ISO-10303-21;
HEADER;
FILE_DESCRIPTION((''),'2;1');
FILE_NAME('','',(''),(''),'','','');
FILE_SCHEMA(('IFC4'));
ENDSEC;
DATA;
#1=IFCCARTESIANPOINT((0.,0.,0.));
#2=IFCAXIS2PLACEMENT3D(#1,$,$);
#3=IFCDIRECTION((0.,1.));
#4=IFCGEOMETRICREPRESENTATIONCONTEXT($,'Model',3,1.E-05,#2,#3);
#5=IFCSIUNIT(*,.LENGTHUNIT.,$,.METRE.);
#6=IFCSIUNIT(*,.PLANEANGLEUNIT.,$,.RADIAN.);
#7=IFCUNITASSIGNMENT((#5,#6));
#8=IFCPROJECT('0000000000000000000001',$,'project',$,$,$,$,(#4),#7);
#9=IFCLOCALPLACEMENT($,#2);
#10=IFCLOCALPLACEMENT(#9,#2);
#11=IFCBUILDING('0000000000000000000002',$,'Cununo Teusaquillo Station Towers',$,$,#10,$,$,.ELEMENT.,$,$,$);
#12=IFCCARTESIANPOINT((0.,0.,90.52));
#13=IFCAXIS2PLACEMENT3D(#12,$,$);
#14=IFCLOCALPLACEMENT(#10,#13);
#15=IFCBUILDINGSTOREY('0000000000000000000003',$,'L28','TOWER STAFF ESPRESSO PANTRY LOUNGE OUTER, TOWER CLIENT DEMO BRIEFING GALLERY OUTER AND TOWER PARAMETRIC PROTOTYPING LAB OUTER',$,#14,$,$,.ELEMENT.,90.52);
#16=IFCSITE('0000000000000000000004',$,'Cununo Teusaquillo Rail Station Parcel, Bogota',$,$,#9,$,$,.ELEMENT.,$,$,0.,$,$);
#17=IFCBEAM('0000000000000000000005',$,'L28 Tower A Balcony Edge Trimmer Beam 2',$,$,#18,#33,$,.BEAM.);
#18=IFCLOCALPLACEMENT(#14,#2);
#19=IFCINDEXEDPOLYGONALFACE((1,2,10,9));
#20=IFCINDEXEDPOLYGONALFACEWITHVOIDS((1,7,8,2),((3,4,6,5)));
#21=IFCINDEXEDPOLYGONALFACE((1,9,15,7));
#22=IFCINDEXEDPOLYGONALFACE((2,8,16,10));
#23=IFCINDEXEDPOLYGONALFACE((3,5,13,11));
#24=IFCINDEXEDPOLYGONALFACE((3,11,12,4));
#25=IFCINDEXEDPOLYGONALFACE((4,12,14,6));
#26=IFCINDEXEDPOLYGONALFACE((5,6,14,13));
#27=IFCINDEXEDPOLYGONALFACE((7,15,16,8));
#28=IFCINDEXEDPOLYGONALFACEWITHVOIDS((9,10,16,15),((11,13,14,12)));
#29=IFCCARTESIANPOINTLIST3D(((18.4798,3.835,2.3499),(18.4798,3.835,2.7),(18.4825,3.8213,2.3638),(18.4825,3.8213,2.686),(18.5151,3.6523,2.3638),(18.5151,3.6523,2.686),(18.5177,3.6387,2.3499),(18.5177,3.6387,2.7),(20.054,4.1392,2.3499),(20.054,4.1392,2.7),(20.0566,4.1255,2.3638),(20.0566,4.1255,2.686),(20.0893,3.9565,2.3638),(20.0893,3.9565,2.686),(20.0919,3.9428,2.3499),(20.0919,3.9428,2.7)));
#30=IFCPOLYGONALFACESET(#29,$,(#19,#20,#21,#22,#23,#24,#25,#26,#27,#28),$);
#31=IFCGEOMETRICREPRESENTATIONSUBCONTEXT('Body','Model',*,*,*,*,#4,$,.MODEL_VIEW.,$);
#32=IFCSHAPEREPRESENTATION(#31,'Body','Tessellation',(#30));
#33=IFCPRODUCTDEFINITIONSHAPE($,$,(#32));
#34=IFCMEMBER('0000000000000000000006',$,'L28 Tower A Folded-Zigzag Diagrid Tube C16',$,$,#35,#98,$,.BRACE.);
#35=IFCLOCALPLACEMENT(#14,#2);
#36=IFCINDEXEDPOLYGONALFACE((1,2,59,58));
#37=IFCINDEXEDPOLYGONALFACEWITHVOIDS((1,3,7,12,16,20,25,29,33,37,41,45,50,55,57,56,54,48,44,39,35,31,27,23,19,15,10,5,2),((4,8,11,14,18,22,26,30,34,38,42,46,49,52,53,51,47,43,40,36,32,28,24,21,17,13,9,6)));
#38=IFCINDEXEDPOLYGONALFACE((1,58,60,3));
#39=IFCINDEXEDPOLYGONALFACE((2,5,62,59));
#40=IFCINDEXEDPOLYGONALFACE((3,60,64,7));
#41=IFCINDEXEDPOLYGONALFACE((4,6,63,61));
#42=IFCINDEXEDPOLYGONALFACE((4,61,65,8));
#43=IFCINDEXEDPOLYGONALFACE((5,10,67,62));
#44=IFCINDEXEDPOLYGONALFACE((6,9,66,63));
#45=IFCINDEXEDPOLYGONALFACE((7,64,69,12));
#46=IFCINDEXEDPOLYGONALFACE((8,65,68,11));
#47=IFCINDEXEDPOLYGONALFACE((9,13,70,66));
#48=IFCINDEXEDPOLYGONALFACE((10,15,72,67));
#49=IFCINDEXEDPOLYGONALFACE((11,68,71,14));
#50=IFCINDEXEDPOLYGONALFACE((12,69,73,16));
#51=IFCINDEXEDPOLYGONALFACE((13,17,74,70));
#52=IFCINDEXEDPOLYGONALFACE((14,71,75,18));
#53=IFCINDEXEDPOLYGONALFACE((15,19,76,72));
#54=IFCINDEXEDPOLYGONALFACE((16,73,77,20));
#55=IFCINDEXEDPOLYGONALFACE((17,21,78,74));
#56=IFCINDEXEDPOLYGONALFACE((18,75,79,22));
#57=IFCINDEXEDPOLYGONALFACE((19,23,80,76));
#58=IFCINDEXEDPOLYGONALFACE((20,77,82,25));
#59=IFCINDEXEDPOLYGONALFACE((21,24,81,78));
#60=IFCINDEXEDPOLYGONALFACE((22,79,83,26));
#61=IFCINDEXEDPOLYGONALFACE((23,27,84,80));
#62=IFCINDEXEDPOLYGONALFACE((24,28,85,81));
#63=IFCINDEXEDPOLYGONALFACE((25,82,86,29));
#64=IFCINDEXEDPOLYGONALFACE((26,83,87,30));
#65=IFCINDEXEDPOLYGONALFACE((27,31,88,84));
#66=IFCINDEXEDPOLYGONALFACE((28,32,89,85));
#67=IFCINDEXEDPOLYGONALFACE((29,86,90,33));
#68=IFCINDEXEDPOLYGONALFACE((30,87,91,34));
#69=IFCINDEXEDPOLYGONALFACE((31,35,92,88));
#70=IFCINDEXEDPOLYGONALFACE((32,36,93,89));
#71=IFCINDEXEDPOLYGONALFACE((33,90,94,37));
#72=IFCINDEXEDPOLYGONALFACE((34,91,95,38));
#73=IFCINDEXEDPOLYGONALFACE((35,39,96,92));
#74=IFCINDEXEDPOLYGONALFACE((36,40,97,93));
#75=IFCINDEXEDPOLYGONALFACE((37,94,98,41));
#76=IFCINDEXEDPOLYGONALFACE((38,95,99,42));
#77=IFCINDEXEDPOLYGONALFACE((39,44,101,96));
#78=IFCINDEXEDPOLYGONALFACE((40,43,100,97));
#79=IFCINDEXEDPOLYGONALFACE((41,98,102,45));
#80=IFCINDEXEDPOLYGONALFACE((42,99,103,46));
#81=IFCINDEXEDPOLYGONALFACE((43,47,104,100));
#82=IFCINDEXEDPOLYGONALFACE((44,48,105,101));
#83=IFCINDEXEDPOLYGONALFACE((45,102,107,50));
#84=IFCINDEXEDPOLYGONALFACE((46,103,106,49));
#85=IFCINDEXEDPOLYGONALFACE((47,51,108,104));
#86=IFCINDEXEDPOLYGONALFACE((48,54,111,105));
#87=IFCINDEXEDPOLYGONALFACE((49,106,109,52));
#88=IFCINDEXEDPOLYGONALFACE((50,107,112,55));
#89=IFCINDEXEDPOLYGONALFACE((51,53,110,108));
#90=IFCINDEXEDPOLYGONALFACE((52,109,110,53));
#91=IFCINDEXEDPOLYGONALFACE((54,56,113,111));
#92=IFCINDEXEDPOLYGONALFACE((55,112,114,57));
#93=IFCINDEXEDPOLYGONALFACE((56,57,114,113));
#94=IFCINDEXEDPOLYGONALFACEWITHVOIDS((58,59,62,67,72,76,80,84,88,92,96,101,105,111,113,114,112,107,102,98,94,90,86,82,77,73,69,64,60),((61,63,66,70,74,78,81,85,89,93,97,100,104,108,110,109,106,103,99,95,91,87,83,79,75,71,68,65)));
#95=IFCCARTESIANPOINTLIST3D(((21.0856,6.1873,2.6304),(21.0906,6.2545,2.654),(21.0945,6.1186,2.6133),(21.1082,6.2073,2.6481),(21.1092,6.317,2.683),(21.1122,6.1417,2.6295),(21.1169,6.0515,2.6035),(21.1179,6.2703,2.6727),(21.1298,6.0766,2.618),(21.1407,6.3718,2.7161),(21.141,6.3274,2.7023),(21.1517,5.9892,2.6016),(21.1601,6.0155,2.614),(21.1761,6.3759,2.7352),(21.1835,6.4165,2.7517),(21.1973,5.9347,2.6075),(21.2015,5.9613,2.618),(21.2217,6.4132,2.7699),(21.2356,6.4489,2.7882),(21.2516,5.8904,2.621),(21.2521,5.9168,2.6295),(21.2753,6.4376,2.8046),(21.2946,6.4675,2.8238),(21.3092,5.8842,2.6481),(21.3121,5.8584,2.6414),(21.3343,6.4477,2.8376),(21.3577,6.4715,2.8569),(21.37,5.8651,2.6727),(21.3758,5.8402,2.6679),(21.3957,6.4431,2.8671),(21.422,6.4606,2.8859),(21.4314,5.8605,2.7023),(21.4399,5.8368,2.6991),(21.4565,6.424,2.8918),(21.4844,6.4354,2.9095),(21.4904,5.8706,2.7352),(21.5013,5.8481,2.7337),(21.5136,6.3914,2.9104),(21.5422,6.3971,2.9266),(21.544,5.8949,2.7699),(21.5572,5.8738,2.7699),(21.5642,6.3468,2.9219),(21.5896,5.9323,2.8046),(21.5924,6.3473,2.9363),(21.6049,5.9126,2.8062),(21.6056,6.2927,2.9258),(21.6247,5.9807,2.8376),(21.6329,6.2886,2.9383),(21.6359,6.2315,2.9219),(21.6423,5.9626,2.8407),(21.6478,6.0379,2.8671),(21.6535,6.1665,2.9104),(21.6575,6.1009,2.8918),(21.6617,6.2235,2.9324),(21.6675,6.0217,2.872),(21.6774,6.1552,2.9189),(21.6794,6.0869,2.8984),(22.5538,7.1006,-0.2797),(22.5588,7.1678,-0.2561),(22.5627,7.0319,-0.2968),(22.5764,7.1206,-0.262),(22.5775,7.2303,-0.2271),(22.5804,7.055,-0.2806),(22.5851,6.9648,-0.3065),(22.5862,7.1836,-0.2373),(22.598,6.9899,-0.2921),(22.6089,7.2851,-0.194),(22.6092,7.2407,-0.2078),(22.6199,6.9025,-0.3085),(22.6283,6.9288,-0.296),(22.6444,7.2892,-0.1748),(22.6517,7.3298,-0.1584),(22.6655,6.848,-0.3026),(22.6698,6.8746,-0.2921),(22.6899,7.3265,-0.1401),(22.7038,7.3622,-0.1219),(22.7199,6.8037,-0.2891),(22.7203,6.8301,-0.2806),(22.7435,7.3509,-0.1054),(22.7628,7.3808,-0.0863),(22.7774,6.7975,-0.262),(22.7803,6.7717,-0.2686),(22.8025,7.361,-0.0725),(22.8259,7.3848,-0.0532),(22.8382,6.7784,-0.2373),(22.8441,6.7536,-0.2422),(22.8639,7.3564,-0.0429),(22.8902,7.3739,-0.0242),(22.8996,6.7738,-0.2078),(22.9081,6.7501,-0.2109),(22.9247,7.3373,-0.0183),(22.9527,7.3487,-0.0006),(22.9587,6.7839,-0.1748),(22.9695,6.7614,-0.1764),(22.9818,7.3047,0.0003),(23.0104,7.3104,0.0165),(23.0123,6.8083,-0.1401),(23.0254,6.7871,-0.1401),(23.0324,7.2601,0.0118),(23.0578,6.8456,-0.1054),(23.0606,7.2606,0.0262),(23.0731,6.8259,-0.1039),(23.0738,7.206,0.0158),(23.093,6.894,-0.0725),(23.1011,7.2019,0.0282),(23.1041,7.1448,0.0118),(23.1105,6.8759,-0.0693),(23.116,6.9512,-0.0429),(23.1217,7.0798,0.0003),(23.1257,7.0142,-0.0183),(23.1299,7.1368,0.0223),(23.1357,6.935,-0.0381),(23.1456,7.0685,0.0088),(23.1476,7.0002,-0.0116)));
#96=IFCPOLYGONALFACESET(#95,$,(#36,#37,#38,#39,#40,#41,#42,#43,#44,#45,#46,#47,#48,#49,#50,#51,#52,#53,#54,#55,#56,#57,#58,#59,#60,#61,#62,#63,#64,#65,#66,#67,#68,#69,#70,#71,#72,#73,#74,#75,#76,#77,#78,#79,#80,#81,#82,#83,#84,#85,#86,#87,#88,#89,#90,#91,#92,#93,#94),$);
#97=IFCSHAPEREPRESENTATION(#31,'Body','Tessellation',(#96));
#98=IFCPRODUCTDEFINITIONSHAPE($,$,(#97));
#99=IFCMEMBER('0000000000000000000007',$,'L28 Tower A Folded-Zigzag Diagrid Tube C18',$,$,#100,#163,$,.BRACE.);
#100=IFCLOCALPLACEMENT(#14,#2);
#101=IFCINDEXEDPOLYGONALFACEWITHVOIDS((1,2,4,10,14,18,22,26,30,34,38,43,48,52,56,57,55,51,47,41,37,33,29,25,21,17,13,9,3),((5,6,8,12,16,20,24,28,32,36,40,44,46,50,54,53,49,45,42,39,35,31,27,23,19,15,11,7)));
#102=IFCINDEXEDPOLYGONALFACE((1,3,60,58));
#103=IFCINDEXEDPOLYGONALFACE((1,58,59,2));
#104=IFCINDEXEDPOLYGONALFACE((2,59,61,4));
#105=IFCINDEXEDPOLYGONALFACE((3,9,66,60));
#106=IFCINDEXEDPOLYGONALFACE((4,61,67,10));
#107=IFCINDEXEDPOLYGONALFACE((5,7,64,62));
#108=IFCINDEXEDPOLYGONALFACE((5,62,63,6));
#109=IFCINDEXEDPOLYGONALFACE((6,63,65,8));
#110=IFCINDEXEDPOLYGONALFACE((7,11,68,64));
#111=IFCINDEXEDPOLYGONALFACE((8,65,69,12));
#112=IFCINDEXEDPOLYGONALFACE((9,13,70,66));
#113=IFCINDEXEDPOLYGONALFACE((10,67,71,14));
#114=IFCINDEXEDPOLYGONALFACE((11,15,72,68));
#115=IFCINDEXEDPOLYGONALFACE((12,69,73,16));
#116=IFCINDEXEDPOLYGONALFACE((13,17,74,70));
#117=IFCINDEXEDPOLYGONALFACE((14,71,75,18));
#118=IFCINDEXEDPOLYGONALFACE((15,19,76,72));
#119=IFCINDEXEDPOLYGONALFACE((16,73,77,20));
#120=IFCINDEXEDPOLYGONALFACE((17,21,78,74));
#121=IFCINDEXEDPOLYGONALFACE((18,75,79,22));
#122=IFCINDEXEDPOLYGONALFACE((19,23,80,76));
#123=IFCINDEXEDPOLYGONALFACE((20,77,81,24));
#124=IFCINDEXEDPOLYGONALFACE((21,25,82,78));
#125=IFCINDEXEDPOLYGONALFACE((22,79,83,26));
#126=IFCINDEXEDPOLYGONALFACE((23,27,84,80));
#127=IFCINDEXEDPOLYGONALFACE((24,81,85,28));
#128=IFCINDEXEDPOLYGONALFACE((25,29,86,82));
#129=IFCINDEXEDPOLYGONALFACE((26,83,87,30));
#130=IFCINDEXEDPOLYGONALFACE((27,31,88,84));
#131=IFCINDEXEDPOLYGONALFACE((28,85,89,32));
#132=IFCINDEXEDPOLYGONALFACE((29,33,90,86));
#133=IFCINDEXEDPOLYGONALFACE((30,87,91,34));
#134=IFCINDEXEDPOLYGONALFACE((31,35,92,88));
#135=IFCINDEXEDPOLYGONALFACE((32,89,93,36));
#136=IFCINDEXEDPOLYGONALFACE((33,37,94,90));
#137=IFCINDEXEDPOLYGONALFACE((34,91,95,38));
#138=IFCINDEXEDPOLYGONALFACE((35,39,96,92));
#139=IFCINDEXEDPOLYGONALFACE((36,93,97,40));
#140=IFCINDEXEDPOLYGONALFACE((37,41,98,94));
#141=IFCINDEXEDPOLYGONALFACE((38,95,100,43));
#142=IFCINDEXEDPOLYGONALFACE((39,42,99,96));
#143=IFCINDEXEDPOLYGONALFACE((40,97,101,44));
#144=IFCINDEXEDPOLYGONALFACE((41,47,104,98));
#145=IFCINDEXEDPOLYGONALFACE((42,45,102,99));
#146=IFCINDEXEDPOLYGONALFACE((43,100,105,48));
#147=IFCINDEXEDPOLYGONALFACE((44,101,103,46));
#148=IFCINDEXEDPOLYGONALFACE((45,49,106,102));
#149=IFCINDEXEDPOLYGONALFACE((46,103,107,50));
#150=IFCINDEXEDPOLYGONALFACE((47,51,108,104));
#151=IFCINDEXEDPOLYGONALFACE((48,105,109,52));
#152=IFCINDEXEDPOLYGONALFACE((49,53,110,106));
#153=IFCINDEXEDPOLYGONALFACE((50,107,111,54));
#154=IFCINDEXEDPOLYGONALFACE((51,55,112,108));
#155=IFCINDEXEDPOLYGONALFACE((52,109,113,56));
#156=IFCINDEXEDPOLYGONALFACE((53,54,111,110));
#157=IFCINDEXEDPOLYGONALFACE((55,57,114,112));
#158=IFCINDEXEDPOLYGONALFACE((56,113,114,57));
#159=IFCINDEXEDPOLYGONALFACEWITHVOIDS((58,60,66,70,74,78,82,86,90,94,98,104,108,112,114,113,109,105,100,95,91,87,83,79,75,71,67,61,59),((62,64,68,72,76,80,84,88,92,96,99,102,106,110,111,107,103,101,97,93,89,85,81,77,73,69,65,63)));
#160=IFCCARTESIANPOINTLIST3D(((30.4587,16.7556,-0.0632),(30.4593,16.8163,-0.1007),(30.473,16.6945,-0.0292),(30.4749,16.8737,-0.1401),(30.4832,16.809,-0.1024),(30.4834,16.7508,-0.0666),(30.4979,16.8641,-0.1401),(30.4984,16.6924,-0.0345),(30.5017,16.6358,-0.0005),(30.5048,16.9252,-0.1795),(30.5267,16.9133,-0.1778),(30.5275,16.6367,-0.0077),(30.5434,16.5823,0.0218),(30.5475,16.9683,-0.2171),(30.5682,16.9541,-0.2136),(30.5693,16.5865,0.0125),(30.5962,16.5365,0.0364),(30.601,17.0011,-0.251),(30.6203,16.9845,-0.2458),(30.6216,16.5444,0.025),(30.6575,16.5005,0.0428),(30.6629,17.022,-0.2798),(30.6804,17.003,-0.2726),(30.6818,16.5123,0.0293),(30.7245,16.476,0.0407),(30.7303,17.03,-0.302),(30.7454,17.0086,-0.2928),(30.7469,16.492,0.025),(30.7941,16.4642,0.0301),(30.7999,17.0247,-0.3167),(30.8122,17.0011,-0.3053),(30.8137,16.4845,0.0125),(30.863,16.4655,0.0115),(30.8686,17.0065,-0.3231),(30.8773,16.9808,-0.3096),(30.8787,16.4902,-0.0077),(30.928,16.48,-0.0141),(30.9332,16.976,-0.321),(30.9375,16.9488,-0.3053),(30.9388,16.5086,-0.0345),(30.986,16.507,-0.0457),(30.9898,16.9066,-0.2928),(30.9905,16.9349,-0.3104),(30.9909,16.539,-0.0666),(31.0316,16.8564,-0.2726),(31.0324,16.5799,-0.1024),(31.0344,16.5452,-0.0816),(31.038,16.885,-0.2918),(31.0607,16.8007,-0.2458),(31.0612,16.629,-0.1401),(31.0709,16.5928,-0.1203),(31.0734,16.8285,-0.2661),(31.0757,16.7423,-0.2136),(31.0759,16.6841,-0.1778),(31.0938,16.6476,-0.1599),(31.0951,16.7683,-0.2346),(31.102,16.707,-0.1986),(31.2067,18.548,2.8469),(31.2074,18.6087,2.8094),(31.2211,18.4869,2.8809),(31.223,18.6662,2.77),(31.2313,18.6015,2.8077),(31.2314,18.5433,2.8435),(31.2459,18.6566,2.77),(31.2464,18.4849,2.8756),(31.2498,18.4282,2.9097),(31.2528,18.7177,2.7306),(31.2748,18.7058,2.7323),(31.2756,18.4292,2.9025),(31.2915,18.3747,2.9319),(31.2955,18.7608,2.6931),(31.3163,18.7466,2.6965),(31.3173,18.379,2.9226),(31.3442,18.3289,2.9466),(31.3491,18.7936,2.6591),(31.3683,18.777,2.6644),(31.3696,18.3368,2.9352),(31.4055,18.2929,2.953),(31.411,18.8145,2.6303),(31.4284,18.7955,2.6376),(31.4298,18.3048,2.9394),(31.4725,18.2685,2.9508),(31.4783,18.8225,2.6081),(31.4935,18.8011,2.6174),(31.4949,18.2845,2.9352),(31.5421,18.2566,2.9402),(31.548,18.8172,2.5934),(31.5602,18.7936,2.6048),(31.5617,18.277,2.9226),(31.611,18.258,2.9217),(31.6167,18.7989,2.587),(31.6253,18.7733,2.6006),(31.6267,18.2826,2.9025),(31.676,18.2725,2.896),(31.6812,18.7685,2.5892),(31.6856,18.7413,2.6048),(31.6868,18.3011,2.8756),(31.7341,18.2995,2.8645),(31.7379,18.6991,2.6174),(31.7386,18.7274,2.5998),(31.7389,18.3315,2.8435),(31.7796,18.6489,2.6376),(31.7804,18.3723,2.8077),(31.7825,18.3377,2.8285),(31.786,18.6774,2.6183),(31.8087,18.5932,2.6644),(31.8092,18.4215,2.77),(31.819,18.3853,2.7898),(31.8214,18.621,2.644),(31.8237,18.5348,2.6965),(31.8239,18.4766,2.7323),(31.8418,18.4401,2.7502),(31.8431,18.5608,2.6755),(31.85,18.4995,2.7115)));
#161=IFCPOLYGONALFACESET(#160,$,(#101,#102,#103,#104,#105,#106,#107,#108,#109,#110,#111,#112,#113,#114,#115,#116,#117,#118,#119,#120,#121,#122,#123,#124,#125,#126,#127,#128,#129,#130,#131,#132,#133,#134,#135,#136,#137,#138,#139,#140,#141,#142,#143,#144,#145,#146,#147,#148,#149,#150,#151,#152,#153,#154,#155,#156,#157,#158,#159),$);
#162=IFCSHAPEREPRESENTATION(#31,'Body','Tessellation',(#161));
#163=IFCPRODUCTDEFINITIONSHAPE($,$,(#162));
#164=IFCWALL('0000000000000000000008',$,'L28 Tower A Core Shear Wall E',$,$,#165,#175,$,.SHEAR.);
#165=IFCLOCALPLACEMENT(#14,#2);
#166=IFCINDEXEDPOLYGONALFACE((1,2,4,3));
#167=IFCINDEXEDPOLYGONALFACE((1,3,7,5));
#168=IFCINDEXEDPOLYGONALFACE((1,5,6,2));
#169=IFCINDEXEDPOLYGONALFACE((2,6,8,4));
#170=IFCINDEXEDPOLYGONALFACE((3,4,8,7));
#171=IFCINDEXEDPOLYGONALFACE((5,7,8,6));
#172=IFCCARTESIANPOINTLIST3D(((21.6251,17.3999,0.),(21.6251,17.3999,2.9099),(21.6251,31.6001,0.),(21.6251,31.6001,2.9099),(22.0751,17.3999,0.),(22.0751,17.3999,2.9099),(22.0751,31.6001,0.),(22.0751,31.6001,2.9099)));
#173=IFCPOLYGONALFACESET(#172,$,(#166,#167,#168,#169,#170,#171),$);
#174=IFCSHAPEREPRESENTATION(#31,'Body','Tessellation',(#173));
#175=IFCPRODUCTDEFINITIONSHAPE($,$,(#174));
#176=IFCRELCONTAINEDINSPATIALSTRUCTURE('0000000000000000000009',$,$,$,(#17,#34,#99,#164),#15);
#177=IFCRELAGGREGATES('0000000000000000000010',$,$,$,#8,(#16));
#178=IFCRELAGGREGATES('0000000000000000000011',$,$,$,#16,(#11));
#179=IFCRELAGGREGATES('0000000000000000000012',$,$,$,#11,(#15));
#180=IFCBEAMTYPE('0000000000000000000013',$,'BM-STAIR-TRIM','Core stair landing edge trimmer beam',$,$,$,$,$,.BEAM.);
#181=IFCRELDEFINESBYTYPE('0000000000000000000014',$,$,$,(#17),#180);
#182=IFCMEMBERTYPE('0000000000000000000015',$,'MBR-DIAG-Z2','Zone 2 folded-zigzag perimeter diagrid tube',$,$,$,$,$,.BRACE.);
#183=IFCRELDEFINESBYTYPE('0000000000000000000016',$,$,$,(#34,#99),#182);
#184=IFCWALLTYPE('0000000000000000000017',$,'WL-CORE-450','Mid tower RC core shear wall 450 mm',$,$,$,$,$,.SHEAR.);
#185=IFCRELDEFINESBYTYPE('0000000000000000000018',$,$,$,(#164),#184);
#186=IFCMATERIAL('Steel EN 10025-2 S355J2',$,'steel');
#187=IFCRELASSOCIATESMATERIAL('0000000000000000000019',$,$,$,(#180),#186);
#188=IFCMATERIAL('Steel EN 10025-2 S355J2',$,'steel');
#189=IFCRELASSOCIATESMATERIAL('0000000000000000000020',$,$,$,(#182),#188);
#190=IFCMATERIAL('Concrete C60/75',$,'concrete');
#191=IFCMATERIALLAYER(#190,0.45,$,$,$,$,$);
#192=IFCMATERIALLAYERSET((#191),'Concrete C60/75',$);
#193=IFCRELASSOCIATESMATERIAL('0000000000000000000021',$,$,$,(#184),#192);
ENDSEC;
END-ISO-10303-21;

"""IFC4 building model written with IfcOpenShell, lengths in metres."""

from ifc_helpers import new_model, si_unit, direction, frame, frame_2d, origin, origin_2d, place, context, subcontext, project, spatial, rectangle, hollow_rectangle, hollow_circle, extrude, material, layer, layer_set, material_profile, profile_set, type_object, element, save


model = new_model("IFC4")

# Units and contexts
model_context = context("Model", 3, precision=1e-05, world=origin(), true_north=direction((0.0, 1.0)))
body_context = subcontext(model_context, "Body", "Model", "MODEL_VIEW")
ifc_project = project(units=[si_unit("LENGTHUNIT", "METRE"), si_unit("PLANEANGLEUNIT", "RADIAN")], contexts=[model_context])

# Site, building, storey
site_placement = place(None, origin())
site = spatial("IfcSite", under=ifc_project, at=site_placement, Name="Cununo Teusaquillo Rail Station Parcel, Bogota", CompositionType="ELEMENT", RefElevation=0.0)
building_placement = place(site_placement, origin())
building = spatial("IfcBuilding", under=site, at=building_placement, Name="Cununo Teusaquillo Station Towers", CompositionType="ELEMENT")
storey_placement = place(building_placement, frame((0.0, 0.0, 90.52)))
storey = spatial("IfcBuildingStorey", under=building, at=storey_placement, Name="L28", Description="TOWER STAFF ESPRESSO PANTRY LOUNGE OUTER, TOWER CLIENT DEMO BRIEFING GALLERY OUTER AND TOWER PARAMETRIC PROTOTYPING LAB OUTER", CompositionType="ELEMENT", Elevation=90.52)

# Beam
ifc_material_1 = material(Name="Steel EN 10025-2 S355J2", Category="steel")
ifc_material_profile_1 = material_profile(ifc_material_1, hollow_rectangle(XDim=0.2, YDim=0.3501, WallThickness=0.0139, at=origin_2d()), Name="RHS 350x200x14")
ifc_profile_set_1 = profile_set([ifc_material_profile_1], Name="Steel EN 10025-2 S355J2")
beam_type_1 = type_object("IfcBeamType", Name="BM-STAIR-TRIM", Description="Core stair landing edge trimmer beam", PredefinedType="BEAM", material=ifc_profile_set_1)
beam_1_placement = place(storey_placement, frame((18.4988, 3.7368, 2.5249), z_axis=(0.981837, 0.189728, 0.0), x_axis=(-0.189728, 0.981837, 0.0)))
element("IfcBeam", 1, at=beam_1_placement, inside=storey, type_object=beam_type_1, Name="L28 Tower A Balcony Edge Trimmer Beam 2", PredefinedType="BEAM", context=body_context, shape_type="SweptSolid", body=[
    extrude(hollow_rectangle(XDim=0.2, YDim=0.3501, WallThickness=0.0139, at=origin_2d()), origin(), (0.0, 0.0, 1.0), 1.6033),
])

# Members
ifc_material_2 = material(Name="Steel EN 10025-2 S355J2", Category="steel")
ifc_material_profile_2 = material_profile(ifc_material_2, hollow_circle(Radius=0.3301, WallThickness=0.0249, at=origin_2d()), Name="CHS 660x25")
ifc_profile_set_2 = profile_set([ifc_material_profile_2], Name="Steel EN 10025-2 S355J2")
member_type = type_object("IfcMemberType", Name="MBR-DIAG-Z2", Description="Zone 2 folded-zigzag perimeter diagrid tube", PredefinedType="BRACE", material=ifc_profile_set_2)
member_1_placement = place(storey_placement, frame((22.8511, 7.0674, -0.1401), z_axis=(-0.433741, -0.269808, 0.859693), x_axis=(0.528196, -0.849123, 0.0)))
element("IfcMember", 2, at=member_1_placement, inside=storey, type_object=member_type, Name="L28 Tower A Folded-Zigzag Diagrid Tube C16", PredefinedType="BRACE", context=body_context, shape_type="SweptSolid", body=[
    extrude(hollow_circle(Radius=0.3301, WallThickness=0.0249, at=origin_2d()), origin(), (0.0, 0.0, 1.0), 3.385),
])
member_2_placement = place(storey_placement, frame((30.7795, 16.7466, -0.1401), z_axis=(0.213801, 0.512314, 0.831759), x_axis=(-0.922861, 0.385133, 0.0)))
element("IfcMember", 3, at=member_2_placement, inside=storey, type_object=member_type, Name="L28 Tower A Folded-Zigzag Diagrid Tube C18", PredefinedType="BRACE", context=body_context, shape_type="SweptSolid", body=[
    extrude(hollow_circle(Radius=0.3301, WallThickness=0.0249, at=origin_2d()), origin(), (0.0, 0.0, 1.0), 3.4988),
])

# Wall
ifc_material_3 = material(Name="Concrete C60/75", Category="concrete")
ifc_layer_1 = layer(ifc_material_3, 0.45)
ifc_layer_set_1 = layer_set([ifc_layer_1], Name="Concrete C60/75")
wall_type_1 = type_object("IfcWallType", Name="WL-CORE-450", Description="Mid tower RC core shear wall 450 mm", PredefinedType="SHEAR", material=ifc_layer_set_1)
wall_1_placement = place(storey_placement, frame((21.8501, 17.3999, 0.0), z_axis=(0.0, 0.0, 1.0), x_axis=(0.0, 1.0, 0.0)))
element("IfcWall", 4, at=wall_1_placement, inside=storey, type_object=wall_type_1, Name="L28 Tower A Core Shear Wall E", PredefinedType="SHEAR", context=body_context, shape_type="SweptSolid", body=[
    extrude(rectangle(XDim=14.2002, YDim=0.45, at=frame_2d((7.1001, 0.0))), origin(), (0.0, 0.0, 1.0), 2.9099),
])

save(model, "model.ifc")
